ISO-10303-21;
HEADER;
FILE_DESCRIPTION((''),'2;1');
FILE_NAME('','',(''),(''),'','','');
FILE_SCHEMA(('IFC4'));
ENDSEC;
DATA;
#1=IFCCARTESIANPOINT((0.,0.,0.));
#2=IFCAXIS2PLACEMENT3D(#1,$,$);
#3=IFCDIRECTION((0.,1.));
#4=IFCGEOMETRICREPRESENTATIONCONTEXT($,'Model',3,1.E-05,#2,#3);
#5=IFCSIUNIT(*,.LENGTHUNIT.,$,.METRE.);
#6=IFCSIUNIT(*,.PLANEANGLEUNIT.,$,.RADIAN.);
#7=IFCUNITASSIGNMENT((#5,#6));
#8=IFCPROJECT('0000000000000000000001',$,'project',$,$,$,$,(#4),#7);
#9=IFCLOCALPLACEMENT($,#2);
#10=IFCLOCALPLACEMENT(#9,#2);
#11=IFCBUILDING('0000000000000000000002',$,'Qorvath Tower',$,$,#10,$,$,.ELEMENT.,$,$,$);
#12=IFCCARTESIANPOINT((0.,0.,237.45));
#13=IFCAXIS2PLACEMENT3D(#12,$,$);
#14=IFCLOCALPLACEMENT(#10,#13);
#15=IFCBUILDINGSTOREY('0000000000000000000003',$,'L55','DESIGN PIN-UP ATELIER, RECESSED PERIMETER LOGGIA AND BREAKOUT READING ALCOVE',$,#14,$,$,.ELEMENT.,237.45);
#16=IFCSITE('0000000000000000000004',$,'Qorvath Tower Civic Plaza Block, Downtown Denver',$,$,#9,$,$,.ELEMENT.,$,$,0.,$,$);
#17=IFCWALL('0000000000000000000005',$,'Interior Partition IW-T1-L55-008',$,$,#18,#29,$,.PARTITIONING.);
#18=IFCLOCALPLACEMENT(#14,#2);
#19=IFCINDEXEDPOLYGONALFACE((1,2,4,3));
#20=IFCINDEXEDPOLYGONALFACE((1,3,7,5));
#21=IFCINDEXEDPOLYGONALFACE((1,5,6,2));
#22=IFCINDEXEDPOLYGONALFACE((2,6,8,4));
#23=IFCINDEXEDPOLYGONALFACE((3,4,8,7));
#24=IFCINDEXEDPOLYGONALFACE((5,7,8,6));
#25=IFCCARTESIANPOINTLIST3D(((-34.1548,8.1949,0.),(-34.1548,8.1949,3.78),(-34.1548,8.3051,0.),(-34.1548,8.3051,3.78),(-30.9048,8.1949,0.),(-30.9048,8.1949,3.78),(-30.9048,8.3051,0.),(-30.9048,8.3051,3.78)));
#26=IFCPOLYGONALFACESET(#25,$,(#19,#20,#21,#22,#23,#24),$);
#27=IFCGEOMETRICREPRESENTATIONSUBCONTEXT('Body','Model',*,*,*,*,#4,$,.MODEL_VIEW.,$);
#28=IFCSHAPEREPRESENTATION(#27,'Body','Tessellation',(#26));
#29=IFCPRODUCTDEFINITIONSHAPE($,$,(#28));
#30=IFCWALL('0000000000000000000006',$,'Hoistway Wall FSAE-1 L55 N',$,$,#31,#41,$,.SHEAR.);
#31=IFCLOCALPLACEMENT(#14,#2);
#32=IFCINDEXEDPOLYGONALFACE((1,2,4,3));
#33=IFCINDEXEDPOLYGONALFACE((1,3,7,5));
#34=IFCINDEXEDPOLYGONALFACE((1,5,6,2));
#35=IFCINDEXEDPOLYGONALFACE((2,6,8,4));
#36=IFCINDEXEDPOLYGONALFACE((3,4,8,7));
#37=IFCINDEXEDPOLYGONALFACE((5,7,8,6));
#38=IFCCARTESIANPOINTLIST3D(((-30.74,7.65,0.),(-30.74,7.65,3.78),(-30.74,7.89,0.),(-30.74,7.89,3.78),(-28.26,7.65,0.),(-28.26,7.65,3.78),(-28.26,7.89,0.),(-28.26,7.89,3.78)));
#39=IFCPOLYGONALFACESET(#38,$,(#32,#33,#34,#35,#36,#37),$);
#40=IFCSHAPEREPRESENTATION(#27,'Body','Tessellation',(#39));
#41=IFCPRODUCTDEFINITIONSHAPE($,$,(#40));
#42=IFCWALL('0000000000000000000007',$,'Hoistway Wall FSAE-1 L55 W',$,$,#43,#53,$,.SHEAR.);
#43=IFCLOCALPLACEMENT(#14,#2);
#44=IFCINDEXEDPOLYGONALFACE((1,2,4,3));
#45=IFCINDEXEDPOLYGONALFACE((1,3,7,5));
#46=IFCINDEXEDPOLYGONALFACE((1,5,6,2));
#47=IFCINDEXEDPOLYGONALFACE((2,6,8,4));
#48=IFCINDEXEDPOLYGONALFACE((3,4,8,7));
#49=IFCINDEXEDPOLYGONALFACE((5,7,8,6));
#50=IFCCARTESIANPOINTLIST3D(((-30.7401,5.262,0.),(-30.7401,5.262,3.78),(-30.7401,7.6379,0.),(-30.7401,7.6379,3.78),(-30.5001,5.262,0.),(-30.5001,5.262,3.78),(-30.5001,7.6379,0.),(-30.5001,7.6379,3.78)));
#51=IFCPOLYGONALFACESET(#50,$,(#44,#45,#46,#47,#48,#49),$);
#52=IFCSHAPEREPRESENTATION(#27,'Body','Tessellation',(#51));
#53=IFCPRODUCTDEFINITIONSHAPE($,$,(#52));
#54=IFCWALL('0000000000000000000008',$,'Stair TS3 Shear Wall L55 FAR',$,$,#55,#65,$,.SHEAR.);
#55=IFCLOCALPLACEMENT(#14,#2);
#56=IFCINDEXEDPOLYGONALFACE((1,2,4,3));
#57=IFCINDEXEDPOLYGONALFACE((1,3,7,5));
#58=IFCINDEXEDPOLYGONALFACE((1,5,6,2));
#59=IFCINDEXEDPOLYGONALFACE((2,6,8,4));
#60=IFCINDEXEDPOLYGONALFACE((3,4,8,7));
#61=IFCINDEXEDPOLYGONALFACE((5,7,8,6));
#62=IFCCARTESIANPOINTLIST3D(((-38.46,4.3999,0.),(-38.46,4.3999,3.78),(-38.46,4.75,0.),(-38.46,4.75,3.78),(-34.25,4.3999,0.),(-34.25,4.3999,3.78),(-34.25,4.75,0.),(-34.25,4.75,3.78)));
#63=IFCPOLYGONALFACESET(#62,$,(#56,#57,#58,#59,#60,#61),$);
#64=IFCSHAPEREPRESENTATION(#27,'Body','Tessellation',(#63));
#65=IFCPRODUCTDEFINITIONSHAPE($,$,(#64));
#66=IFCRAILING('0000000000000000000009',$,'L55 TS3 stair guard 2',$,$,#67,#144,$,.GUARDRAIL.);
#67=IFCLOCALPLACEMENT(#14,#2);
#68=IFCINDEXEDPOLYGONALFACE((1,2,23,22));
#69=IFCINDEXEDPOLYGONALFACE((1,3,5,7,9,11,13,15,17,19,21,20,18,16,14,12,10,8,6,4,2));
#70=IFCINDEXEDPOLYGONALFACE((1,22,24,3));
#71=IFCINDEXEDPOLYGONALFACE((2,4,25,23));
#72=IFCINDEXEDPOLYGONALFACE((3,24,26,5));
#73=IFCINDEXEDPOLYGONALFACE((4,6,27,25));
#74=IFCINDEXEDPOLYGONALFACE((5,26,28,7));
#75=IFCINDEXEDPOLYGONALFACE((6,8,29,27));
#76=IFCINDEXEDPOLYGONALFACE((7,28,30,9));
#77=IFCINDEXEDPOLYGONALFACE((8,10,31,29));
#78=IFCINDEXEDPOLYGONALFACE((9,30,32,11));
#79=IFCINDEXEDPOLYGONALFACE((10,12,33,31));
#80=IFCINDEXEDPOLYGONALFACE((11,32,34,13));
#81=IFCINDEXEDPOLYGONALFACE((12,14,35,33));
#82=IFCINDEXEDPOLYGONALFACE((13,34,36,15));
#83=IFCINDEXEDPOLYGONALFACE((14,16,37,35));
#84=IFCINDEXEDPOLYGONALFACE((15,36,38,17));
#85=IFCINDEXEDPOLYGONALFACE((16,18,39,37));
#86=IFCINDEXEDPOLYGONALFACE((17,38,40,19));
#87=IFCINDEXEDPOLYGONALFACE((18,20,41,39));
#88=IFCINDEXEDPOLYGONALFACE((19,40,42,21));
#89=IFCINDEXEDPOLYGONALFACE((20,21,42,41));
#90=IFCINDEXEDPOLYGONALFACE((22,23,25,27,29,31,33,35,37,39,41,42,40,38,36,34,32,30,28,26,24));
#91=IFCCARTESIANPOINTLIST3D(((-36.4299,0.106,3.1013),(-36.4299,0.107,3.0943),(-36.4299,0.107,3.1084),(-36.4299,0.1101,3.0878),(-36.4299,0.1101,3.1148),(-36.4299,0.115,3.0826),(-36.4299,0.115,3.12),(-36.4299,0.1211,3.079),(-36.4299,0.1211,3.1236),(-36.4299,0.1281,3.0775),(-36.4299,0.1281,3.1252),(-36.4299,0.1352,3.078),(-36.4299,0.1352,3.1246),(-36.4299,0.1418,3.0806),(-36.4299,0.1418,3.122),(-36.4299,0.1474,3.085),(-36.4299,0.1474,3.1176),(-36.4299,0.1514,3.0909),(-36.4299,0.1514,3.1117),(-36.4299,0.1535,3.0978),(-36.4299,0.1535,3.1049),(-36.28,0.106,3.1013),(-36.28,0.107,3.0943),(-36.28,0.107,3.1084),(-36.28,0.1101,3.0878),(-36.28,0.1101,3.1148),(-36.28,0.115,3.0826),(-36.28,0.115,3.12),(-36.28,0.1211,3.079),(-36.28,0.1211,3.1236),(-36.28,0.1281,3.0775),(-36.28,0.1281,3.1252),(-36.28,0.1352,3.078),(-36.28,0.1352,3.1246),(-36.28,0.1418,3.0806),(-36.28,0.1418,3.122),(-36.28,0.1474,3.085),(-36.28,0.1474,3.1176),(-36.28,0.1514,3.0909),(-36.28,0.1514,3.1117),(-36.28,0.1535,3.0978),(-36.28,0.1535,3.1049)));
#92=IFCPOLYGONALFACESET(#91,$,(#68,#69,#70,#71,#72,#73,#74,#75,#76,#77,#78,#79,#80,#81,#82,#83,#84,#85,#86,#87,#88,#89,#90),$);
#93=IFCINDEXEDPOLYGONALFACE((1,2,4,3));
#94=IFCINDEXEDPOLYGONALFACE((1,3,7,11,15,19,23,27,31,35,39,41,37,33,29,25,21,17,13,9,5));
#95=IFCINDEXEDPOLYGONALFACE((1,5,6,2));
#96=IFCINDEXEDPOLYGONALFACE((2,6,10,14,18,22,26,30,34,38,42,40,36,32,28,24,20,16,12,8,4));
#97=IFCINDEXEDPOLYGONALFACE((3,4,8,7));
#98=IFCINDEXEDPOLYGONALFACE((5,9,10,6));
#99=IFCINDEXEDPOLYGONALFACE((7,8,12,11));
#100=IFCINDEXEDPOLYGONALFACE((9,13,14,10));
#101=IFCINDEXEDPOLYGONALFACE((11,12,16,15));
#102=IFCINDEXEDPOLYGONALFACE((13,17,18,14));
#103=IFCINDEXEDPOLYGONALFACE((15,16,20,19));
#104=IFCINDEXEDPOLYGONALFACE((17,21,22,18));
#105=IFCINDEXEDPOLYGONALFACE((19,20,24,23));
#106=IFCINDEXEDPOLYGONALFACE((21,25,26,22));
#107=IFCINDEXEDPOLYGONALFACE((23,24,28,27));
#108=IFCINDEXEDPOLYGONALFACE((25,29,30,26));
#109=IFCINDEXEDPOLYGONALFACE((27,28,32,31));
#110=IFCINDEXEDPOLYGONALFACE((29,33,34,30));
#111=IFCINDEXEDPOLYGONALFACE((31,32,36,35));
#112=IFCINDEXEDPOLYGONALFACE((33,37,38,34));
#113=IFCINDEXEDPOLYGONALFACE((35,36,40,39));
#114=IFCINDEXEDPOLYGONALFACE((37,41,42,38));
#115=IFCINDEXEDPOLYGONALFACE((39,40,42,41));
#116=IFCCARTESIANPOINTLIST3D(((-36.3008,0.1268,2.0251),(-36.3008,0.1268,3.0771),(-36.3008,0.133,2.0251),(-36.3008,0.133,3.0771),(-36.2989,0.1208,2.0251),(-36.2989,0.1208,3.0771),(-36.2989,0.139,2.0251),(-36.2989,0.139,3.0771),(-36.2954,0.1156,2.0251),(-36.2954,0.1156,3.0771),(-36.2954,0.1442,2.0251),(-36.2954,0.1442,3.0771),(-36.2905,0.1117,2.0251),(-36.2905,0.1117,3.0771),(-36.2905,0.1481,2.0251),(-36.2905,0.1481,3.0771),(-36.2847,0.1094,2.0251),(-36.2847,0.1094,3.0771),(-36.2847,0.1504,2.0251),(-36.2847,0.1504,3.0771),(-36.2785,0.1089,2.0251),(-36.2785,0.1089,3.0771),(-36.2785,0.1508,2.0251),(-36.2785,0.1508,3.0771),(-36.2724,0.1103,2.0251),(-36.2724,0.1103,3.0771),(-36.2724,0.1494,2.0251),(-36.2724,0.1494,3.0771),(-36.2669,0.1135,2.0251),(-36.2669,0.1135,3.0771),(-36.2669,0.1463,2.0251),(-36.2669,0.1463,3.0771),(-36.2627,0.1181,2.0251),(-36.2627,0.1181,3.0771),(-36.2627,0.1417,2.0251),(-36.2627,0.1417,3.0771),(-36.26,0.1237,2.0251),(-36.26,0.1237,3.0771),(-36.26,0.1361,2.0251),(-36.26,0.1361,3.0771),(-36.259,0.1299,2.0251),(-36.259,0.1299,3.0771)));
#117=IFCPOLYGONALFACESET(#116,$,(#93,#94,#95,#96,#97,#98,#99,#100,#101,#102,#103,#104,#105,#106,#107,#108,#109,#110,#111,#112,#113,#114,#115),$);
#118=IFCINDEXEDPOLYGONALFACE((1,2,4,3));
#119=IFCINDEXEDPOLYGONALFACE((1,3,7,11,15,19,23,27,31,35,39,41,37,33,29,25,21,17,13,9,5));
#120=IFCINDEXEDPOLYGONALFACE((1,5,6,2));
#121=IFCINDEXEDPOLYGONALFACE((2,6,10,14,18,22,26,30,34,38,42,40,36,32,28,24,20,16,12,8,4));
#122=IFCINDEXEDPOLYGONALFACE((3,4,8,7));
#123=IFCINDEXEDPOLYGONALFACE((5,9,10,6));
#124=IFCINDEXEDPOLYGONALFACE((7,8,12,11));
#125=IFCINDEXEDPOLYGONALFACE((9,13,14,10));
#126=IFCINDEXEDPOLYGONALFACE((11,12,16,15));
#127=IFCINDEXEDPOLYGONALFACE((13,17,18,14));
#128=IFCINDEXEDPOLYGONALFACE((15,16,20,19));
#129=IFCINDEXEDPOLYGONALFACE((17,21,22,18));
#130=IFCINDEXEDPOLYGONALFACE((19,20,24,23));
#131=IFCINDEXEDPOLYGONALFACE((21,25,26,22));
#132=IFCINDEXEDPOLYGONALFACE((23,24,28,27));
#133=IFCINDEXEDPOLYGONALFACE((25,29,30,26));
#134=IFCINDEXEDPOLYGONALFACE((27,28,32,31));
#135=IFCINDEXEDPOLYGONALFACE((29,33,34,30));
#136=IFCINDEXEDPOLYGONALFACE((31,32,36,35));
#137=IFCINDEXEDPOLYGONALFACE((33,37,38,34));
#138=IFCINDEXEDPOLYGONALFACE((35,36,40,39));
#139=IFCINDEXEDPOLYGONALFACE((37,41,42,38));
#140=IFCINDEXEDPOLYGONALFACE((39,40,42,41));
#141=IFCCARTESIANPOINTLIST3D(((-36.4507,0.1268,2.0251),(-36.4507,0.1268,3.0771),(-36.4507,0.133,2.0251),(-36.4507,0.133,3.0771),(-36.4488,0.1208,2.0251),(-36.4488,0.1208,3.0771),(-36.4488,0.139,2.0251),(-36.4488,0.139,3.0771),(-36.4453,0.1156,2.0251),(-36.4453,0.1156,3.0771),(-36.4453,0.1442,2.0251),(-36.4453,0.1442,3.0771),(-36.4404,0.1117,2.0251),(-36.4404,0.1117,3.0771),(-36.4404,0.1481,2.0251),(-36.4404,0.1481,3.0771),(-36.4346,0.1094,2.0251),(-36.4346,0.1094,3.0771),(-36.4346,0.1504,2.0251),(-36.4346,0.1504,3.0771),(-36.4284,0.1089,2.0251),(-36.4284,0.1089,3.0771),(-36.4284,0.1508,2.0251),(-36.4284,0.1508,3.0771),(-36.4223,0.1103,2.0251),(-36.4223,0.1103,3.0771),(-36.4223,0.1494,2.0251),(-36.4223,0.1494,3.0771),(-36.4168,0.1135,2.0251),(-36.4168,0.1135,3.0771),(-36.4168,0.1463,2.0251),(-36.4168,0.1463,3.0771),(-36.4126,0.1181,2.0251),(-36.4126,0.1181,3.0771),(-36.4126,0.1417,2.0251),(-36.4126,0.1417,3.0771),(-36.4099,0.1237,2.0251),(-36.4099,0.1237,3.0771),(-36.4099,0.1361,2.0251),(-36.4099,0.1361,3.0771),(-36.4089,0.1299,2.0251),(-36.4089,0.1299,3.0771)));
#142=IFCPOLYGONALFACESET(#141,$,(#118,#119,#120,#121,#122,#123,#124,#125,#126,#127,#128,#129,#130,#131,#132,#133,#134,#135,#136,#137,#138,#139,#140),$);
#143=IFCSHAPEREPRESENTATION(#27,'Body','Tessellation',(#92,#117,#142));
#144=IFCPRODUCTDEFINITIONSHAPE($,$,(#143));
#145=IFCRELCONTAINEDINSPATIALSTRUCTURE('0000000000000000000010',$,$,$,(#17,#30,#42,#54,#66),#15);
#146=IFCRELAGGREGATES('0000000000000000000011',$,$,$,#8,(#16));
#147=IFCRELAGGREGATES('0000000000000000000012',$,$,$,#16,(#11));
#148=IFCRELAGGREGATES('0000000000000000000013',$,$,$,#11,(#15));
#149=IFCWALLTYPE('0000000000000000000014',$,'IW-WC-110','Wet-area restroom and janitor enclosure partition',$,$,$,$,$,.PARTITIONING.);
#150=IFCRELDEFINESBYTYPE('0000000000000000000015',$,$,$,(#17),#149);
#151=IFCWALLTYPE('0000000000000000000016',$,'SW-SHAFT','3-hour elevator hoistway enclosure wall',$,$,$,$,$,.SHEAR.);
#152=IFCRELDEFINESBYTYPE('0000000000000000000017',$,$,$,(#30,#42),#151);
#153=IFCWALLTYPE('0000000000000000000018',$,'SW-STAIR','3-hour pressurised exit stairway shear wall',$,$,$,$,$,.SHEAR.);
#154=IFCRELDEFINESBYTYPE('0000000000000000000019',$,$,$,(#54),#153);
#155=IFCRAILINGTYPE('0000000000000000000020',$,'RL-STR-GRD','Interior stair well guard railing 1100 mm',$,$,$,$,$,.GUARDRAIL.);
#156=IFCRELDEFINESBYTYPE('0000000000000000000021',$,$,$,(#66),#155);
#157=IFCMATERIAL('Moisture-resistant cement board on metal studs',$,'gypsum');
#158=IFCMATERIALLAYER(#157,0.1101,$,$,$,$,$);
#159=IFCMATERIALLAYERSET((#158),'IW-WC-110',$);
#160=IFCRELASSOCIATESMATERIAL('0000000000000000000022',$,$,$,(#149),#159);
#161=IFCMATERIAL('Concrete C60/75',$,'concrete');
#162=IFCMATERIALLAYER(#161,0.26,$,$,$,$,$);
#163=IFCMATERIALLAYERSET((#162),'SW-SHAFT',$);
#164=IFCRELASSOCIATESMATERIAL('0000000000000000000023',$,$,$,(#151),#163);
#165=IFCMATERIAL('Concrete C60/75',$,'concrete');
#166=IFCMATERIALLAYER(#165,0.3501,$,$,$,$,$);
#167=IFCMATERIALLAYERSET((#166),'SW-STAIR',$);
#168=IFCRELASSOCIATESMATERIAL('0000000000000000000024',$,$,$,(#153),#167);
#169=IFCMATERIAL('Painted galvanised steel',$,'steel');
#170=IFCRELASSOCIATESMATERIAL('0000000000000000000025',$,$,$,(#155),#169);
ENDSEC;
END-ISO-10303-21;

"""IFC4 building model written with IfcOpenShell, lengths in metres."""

from ifc_helpers import new_model, si_unit, direction, frame, frame_2d, origin, origin_2d, place, context, subcontext, project, spatial, rectangle, circle, extrude, material, layer, layer_set, type_object, element, save


model = new_model("IFC4")

# Units and contexts
model_context = context("Model", 3, precision=1e-05, world=origin(), true_north=direction((0.0, 1.0)))
body_context = subcontext(model_context, "Body", "Model", "MODEL_VIEW")
ifc_project = project(units=[si_unit("LENGTHUNIT", "METRE"), si_unit("PLANEANGLEUNIT", "RADIAN")], contexts=[model_context])

# Site, building, storey
site_placement = place(None, origin())
site = spatial("IfcSite", under=ifc_project, at=site_placement, Name="Qorvath Tower Civic Plaza Block, Downtown Denver", CompositionType="ELEMENT", RefElevation=0.0)
building_placement = place(site_placement, origin())
building = spatial("IfcBuilding", under=site, at=building_placement, Name="Qorvath Tower", CompositionType="ELEMENT")
storey_placement = place(building_placement, frame((0.0, 0.0, 237.45)))
storey = spatial("IfcBuildingStorey", under=building, at=storey_placement, Name="L55", Description="DESIGN PIN-UP ATELIER, RECESSED PERIMETER LOGGIA AND BREAKOUT READING ALCOVE", CompositionType="ELEMENT", Elevation=237.45)

# Shared definitions
ifc_material_1 = material(Name="Moisture-resistant cement board on metal studs", Category="gypsum")
ifc_layer_1 = layer(ifc_material_1, 0.1101)
ifc_layer_set_1 = layer_set([ifc_layer_1], Name="IW-WC-110")
wall_type_1 = type_object("IfcWallType", Name="IW-WC-110", Description="Wet-area restroom and janitor enclosure partition", PredefinedType="PARTITIONING", material=ifc_layer_set_1)

# Walls
wall_1_placement = place(storey_placement, frame((-30.9048, 8.25, 0.0), z_axis=(0.0, 0.0, 1.0), x_axis=(-1.0, 0.0, 0.0)))
element("IfcWall", 1, at=wall_1_placement, inside=storey, type_object=wall_type_1, Name="Interior Partition IW-T1-L55-008", PredefinedType="PARTITIONING", context=body_context, shape_type="SweptSolid", body=[
    extrude(rectangle(XDim=3.25, YDim=0.1101, at=frame_2d((1.625, 0.0))), origin(), (0.0, 0.0, 1.0), 3.78),
])
ifc_material_2 = material(Name="Concrete C60/75", Category="concrete")
ifc_layer_2 = layer(ifc_material_2, 0.26)
ifc_layer_set_2 = layer_set([ifc_layer_2], Name="SW-SHAFT")
wall_type_2 = type_object("IfcWallType", Name="SW-SHAFT", Description="3-hour elevator hoistway enclosure wall", PredefinedType="SHEAR", material=ifc_layer_set_2)
wall_2_placement = place(storey_placement, frame((-30.74, 7.77, 0.0), z_axis=(0.0, 0.0, 1.0), x_axis=(1.0, 0.0, 0.0)))
element("IfcWall", 2, at=wall_2_placement, inside=storey, type_object=wall_type_2, Name="Hoistway Wall FSAE-1 L55 N", PredefinedType="SHEAR", context=body_context, shape_type="SweptSolid", body=[
    extrude(rectangle(XDim=2.48, YDim=0.24, at=frame_2d((1.24, 0.0))), origin(), (0.0, 0.0, 1.0), 3.78),
])
wall_3_placement = place(storey_placement, frame((-30.6201, 5.262, 0.0), z_axis=(0.0, 0.0, 1.0), x_axis=(0.0, 1.0, 0.0)))
element("IfcWall", 3, at=wall_3_placement, inside=storey, type_object=wall_type_2, Name="Hoistway Wall FSAE-1 L55 W", PredefinedType="SHEAR", context=body_context, shape_type="SweptSolid", body=[
    extrude(rectangle(XDim=2.376, YDim=0.24, at=frame_2d((1.188, 0.0))), origin(), (0.0, 0.0, 1.0), 3.78),
])
ifc_material_3 = material(Name="Concrete C60/75", Category="concrete")
ifc_layer_3 = layer(ifc_material_3, 0.3501)
ifc_layer_set_3 = layer_set([ifc_layer_3], Name="SW-STAIR")
wall_type_3 = type_object("IfcWallType", Name="SW-STAIR", Description="3-hour pressurised exit stairway shear wall", PredefinedType="SHEAR", material=ifc_layer_set_3)
wall_4_placement = place(storey_placement, frame((-34.25, 4.575, 0.0), z_axis=(0.0, 0.0, 1.0), x_axis=(-1.0, 0.0, 0.0)))
element("IfcWall", 4, at=wall_4_placement, inside=storey, type_object=wall_type_3, Name="Stair TS3 Shear Wall L55 FAR", PredefinedType="SHEAR", context=body_context, shape_type="SweptSolid", body=[
    extrude(rectangle(XDim=4.21, YDim=0.3501, at=frame_2d((2.105, 0.0))), origin(), (0.0, 0.0, 1.0), 3.78),
])

# Railing
ifc_material_4 = material(Name="Painted galvanised steel", Category="steel")
railing_type = type_object("IfcRailingType", Name="RL-STR-GRD", Description="Interior stair well guard railing 1100 mm", PredefinedType="GUARDRAIL", material=ifc_material_4)
railing_1_placement = place(storey_placement, frame((-36.28, 0.1299, 2.0251)))
element("IfcRailing", 5, at=railing_1_placement, inside=storey, type_object=railing_type, Name="L55 TS3 stair guard 2", PredefinedType="GUARDRAIL", context=body_context, shape_type="SweptSolid", body=[
    extrude(circle(Radius=0.0239, at=origin_2d()), frame((0.0, 0.0, 1.0762), z_axis=(-1.0, 0.0, 0.0), x_axis=(0.0, -1.0, 0.0)), (0.0, 0.0, 1.0), 0.1499),
    extrude(circle(Radius=0.021, at=origin_2d()), origin(), (0.0, 0.0, 1.0), 1.052),
    extrude(circle(Radius=0.021, at=origin_2d()), frame((-0.1499, 0.0, 0.0)), (0.0, 0.0, 1.0), 1.052),
])

save(model, "model.ifc")
